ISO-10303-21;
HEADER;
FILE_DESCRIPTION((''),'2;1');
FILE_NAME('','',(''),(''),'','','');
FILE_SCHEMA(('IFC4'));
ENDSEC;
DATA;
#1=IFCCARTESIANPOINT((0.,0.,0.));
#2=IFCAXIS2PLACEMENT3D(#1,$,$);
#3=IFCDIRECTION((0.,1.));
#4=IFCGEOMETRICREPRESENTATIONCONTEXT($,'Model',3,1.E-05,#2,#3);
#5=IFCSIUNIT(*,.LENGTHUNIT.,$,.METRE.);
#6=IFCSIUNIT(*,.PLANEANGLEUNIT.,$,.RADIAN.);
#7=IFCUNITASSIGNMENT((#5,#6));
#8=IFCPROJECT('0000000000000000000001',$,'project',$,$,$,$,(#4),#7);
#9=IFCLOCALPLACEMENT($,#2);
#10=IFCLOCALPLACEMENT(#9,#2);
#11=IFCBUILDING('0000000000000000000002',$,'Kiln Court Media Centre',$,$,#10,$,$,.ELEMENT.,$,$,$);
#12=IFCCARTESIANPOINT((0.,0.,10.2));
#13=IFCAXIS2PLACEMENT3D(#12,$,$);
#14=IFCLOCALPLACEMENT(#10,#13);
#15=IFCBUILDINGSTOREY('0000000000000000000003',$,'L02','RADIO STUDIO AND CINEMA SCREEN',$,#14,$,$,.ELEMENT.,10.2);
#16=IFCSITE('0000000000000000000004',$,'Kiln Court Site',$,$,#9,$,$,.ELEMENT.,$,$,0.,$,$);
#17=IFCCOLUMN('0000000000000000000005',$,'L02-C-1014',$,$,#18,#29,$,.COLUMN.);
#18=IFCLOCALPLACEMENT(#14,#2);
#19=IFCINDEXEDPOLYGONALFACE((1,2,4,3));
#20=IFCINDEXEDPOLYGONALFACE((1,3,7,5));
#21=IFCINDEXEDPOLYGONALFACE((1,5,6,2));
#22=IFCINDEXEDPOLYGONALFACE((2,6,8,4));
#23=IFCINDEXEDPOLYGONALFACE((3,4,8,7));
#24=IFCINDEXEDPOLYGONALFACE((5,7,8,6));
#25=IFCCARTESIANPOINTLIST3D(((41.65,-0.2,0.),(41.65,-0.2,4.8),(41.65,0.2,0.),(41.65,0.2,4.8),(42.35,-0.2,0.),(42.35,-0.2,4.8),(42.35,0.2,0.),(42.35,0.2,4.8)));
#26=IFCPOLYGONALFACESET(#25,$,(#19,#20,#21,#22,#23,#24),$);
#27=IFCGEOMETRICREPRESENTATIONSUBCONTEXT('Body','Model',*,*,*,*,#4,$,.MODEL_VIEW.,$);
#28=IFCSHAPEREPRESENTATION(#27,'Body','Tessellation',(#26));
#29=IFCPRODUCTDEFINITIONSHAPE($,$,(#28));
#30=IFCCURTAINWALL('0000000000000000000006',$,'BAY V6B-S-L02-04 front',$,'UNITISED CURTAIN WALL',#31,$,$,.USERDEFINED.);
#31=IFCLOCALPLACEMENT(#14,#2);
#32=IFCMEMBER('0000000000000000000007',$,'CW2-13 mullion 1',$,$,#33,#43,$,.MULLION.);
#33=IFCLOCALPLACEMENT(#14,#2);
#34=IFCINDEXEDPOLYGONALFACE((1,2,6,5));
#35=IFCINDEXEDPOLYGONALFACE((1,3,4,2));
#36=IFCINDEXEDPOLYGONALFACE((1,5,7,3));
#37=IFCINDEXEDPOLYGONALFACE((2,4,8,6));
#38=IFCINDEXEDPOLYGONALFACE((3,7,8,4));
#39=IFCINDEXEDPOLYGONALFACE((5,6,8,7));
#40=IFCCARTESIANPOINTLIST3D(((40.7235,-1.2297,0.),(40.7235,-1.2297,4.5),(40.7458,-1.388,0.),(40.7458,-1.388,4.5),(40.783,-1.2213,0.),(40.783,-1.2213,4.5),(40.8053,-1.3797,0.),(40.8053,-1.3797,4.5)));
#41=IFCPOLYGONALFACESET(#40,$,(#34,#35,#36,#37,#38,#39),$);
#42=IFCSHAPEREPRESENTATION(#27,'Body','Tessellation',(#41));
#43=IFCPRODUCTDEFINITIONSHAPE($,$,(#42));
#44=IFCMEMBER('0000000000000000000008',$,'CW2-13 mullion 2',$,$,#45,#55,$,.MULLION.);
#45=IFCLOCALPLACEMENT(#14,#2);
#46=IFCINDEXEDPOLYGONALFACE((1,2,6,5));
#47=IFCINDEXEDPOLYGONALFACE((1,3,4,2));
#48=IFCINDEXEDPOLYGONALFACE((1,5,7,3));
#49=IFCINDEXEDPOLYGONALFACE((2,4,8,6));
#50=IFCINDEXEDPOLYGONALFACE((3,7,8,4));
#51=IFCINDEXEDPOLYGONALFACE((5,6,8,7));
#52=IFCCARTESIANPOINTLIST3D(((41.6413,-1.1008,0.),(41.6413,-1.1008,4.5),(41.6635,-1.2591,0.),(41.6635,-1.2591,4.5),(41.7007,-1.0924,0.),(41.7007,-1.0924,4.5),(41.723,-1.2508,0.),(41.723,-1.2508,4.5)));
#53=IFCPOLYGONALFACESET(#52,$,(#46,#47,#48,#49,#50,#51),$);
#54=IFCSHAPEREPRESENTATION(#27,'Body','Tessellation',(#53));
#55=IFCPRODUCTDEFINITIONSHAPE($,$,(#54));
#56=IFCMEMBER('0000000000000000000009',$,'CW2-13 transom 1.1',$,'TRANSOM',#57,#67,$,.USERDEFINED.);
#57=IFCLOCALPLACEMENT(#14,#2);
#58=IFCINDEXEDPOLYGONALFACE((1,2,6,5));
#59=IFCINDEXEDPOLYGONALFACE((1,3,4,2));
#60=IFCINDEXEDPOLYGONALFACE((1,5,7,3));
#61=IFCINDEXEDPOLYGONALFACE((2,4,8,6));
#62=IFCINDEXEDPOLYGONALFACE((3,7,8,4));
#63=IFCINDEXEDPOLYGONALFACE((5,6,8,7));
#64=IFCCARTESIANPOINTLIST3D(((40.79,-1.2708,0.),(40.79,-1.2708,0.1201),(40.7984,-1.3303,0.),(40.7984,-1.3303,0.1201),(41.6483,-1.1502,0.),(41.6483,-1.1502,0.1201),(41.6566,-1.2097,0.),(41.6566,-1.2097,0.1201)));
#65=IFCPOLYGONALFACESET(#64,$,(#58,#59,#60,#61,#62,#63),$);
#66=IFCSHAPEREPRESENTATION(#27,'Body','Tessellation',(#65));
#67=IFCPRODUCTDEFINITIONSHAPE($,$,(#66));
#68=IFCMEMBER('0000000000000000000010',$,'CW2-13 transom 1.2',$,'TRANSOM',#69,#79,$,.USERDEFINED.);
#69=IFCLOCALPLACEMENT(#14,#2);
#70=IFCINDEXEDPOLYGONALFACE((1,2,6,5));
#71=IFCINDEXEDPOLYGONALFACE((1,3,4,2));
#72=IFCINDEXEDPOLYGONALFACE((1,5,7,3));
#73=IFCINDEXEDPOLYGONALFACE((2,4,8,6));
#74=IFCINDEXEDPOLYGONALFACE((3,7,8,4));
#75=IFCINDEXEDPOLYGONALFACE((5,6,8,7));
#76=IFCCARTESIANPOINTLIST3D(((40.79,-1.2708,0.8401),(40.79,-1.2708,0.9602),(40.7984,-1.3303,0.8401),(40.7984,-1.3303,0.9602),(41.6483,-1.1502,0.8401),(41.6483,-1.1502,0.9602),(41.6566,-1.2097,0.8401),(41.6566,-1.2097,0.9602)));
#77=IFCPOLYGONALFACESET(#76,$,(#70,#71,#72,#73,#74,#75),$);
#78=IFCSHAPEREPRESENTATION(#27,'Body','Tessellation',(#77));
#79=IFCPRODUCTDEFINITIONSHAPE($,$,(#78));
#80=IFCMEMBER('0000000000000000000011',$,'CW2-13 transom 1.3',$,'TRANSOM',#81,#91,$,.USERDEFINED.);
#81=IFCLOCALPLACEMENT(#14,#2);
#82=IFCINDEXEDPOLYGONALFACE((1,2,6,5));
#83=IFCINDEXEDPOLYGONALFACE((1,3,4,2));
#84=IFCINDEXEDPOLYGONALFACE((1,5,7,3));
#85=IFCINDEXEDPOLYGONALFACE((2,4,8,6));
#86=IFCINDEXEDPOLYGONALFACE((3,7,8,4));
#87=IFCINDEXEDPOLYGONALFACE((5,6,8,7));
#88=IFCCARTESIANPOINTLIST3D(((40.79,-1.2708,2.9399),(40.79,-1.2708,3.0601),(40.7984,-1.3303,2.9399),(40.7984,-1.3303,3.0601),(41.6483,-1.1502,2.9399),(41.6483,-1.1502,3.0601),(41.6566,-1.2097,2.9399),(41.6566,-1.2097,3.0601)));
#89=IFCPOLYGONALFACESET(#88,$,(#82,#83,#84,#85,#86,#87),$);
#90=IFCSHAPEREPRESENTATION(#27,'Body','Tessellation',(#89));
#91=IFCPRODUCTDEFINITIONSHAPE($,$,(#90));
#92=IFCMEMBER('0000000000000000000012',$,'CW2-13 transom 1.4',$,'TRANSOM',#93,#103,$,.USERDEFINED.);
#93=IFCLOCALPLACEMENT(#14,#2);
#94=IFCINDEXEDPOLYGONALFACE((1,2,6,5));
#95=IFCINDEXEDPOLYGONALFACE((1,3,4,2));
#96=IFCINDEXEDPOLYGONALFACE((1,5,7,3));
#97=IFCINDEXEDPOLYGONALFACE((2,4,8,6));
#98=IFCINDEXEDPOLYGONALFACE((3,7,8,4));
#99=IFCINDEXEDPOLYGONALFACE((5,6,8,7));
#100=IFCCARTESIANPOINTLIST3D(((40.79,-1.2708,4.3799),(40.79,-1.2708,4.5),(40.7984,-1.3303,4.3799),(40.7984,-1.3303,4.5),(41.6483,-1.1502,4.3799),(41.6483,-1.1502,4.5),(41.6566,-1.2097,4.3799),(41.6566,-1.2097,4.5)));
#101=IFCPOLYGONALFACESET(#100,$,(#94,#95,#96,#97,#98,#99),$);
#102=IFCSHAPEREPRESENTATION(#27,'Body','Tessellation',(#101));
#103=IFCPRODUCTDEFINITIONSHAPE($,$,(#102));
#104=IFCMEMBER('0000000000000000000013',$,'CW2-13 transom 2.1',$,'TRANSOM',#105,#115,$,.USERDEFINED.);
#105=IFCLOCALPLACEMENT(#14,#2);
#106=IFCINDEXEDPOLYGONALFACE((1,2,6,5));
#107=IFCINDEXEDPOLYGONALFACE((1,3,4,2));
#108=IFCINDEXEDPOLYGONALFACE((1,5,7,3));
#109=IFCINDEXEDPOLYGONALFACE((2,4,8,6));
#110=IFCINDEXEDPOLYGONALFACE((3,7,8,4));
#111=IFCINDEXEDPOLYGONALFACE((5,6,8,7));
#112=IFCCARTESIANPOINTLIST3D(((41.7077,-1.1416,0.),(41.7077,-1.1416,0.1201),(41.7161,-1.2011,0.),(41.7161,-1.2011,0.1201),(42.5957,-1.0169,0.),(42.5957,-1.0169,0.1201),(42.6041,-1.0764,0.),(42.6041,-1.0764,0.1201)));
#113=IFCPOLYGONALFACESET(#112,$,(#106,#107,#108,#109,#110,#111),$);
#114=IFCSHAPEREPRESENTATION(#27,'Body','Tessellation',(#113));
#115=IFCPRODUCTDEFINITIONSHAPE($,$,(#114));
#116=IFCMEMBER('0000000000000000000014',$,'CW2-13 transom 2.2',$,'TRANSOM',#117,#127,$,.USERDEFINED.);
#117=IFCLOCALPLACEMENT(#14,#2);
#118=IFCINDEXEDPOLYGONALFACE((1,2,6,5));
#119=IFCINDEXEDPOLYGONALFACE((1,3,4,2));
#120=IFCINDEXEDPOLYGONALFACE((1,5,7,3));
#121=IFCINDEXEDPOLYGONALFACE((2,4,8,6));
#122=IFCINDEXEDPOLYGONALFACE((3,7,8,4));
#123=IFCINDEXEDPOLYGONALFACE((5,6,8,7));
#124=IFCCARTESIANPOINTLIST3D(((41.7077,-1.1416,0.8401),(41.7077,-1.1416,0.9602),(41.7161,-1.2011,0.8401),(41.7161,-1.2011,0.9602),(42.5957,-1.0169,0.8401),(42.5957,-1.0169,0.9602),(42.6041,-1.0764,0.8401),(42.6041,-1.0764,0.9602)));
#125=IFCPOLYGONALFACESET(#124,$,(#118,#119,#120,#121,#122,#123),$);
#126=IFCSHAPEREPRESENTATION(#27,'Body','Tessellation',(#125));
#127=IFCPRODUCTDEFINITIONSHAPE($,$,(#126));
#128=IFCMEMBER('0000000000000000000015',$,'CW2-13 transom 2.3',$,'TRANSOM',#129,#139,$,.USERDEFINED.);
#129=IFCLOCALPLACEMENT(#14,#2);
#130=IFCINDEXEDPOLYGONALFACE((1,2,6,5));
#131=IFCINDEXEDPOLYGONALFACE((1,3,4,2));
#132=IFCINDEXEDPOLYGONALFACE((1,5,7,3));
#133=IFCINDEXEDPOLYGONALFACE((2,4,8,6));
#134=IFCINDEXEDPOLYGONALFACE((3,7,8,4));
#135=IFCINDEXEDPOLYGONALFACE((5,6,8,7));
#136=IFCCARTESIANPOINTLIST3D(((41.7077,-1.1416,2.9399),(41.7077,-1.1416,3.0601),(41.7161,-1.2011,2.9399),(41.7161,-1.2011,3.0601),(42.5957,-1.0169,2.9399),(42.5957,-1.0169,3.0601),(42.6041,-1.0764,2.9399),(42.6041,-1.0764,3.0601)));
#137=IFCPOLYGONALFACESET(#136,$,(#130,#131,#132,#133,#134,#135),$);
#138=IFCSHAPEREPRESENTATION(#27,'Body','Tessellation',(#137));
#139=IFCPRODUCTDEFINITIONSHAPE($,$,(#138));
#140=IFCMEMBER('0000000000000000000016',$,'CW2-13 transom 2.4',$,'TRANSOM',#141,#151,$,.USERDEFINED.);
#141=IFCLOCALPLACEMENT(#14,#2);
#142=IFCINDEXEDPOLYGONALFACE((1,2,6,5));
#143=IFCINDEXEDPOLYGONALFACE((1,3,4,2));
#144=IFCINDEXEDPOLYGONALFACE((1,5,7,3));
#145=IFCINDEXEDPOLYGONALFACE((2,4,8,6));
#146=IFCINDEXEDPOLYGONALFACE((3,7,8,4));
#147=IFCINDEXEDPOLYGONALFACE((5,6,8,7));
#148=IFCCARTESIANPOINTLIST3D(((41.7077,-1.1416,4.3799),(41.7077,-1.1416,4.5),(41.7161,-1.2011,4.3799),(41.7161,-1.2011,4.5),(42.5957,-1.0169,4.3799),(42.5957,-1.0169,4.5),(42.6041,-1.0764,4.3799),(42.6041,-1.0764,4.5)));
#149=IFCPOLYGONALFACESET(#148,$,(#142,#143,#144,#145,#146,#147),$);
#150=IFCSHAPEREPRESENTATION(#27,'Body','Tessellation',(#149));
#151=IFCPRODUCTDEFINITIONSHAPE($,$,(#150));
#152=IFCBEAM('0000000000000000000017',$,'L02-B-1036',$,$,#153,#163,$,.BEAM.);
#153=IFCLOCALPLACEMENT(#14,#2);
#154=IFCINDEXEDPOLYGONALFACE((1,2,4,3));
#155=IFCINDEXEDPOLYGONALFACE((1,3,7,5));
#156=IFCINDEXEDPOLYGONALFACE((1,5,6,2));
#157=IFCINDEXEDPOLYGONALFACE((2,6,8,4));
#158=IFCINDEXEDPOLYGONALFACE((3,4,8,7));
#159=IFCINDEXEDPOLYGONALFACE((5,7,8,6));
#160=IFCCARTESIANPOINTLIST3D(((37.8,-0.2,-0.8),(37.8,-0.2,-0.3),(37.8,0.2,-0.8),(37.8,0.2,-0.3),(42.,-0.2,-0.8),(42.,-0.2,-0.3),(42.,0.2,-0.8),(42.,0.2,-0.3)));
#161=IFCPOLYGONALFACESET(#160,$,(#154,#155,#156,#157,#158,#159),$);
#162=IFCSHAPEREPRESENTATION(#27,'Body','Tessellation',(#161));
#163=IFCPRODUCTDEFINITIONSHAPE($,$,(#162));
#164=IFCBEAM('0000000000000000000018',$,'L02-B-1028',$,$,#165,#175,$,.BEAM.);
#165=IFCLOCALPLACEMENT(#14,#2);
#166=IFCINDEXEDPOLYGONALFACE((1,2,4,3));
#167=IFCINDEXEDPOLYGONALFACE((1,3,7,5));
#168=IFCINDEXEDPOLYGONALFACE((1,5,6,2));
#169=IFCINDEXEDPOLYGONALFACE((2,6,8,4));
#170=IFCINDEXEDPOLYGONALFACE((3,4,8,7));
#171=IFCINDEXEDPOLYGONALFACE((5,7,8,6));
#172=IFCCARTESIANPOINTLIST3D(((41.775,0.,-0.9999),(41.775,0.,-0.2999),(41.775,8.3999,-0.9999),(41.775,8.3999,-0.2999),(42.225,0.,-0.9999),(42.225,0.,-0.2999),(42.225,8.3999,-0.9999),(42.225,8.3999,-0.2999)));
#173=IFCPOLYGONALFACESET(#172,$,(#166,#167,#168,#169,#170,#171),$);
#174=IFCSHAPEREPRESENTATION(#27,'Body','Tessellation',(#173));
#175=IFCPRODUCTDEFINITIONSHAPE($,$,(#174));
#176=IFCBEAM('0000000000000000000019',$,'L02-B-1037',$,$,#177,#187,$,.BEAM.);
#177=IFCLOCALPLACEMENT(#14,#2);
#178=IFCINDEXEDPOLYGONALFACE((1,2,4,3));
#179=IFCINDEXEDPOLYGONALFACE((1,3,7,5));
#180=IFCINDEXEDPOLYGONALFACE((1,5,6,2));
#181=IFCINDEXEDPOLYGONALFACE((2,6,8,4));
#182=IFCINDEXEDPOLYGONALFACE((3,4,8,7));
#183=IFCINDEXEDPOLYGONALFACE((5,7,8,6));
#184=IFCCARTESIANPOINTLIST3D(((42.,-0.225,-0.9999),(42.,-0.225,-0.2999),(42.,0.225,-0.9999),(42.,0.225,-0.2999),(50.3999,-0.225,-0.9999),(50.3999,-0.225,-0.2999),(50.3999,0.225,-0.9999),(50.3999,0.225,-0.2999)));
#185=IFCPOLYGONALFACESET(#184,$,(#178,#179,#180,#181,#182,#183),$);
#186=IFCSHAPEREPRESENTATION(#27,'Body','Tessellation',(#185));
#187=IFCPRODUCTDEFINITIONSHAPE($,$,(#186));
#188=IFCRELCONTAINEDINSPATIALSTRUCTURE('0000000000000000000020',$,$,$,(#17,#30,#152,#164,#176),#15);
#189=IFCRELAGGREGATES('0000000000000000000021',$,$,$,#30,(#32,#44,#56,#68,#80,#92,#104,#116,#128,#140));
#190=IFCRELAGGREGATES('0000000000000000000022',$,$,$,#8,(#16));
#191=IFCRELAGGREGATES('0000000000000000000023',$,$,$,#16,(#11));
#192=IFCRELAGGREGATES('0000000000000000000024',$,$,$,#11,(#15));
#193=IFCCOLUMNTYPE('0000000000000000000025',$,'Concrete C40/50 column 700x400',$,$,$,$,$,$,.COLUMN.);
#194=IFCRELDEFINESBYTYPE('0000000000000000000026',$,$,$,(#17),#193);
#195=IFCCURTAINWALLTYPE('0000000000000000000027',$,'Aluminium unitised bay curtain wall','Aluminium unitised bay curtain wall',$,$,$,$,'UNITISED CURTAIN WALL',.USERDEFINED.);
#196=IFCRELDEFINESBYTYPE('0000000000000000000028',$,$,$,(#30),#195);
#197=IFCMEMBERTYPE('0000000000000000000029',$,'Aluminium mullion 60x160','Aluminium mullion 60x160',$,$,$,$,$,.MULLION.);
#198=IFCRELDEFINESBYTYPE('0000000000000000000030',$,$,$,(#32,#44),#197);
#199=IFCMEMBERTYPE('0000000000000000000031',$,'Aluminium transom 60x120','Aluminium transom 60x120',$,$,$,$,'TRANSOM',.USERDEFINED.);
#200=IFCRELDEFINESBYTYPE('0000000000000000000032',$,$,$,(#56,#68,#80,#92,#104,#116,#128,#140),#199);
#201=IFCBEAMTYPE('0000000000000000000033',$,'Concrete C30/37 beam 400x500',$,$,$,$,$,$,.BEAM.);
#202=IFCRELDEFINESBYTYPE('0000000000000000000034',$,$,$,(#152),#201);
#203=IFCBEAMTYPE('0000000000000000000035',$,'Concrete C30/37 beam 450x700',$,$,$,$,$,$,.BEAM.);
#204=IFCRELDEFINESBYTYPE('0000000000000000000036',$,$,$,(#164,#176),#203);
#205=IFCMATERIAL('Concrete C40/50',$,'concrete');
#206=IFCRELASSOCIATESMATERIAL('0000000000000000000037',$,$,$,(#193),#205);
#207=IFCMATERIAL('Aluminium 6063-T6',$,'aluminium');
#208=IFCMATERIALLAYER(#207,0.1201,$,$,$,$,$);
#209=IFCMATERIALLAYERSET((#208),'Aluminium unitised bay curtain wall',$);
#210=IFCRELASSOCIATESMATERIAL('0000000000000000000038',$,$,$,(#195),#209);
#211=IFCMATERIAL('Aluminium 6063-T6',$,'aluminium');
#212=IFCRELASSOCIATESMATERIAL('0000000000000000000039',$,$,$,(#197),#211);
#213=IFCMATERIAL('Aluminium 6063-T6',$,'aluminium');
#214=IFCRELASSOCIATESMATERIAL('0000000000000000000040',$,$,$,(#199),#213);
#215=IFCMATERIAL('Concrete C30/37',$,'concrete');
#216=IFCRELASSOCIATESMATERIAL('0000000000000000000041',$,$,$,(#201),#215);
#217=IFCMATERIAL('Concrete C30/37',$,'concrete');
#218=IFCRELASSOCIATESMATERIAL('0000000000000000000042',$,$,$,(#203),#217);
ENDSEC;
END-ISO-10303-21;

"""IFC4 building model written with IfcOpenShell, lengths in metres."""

from ifc_helpers import new_model, si_unit, direction, frame, origin, origin_2d, place, context, subcontext, project, spatial, rectangle, extrude, material, layer, layer_set, material_profile, profile_set, type_object, element, aggregate, save


model = new_model("IFC4")

# Units and contexts
model_context = context("Model", 3, precision=1e-05, world=origin(), true_north=direction((0.0, 1.0)))
body_context = subcontext(model_context, "Body", "Model", "MODEL_VIEW")
ifc_project = project(units=[si_unit("LENGTHUNIT", "METRE"), si_unit("PLANEANGLEUNIT", "RADIAN")], contexts=[model_context])

# Site, building, storey
site_placement = place(None, origin())
site = spatial("IfcSite", under=ifc_project, at=site_placement, Name="Kiln Court Site", CompositionType="ELEMENT", RefElevation=0.0)
building_placement = place(site_placement, origin())
building = spatial("IfcBuilding", under=site, at=building_placement, Name="Kiln Court Media Centre", CompositionType="ELEMENT")
storey_placement = place(building_placement, frame((0.0, 0.0, 10.2)))
storey = spatial("IfcBuildingStorey", under=building, at=storey_placement, Name="L02", Description="RADIO STUDIO AND CINEMA SCREEN", CompositionType="ELEMENT", Elevation=10.2)

# Column
ifc_material_1 = material(Name="Concrete C40/50", Category="concrete")
ifc_material_profile_1 = material_profile(ifc_material_1, rectangle(XDim=0.7, YDim=0.3999, at=origin_2d()), Name="RC 700x400")
ifc_profile_set_1 = profile_set([ifc_material_profile_1], Name="Concrete C40/50")
column_type = type_object("IfcColumnType", Name="Concrete C40/50 column 700x400", PredefinedType="COLUMN", material=ifc_profile_set_1)
column_placement = place(storey_placement, frame((42.0, 0.0, 0.0), z_axis=(0.0, 0.0, 1.0), x_axis=(1.0, 0.0, 0.0)))
element("IfcColumn", 1, at=column_placement, inside=storey, type_object=column_type, Name="L02-C-1014", PredefinedType="COLUMN", context=body_context, shape_type="SweptSolid", body=[
    extrude(rectangle(XDim=0.7, YDim=0.3999, at=origin_2d()), origin(), (0.0, 0.0, 1.0), 4.8),
])

# Curtain wall, members
ifc_material_2 = material(Name="Aluminium 6063-T6", Category="aluminium")
ifc_layer_1 = layer(ifc_material_2, 0.1201)
ifc_layer_set_1 = layer_set([ifc_layer_1], Name="Aluminium unitised bay curtain wall")
curtain_wall_type = type_object("IfcCurtainWallType", Name="Aluminium unitised bay curtain wall", Description="Aluminium unitised bay curtain wall", ElementType="UNITISED CURTAIN WALL", PredefinedType="USERDEFINED", material=ifc_layer_set_1)
curtain_wall_placement = place(storey_placement, origin())
curtain_wall = element("IfcCurtainWall", 2, at=curtain_wall_placement, inside=storey, type_object=curtain_wall_type, Name="BAY V6B-S-L02-04 front", ObjectType="UNITISED CURTAIN WALL", PredefinedType="USERDEFINED")
ifc_material_3 = material(Name="Aluminium 6063-T6", Category="aluminium")
ifc_material_profile_2 = material_profile(ifc_material_3, rectangle(XDim=0.0601, YDim=0.1599, at=origin_2d()), Name="Aluminium mullion 60x160")
ifc_profile_set_2 = profile_set([ifc_material_profile_2], Name="Aluminium 6063-T6")
member_type_1 = type_object("IfcMemberType", Name="Aluminium mullion 60x160", Description="Aluminium mullion 60x160", PredefinedType="MULLION", material=ifc_profile_set_2)
member_1_placement = place(storey_placement, frame((40.7644, -1.3047, 0.0), z_axis=(0.0, 0.0, 1.0), x_axis=(0.99027, 0.139162, 0.0)))
member_1 = element("IfcMember", 3, at=member_1_placement, type_object=member_type_1, Name="CW2-13 mullion 1", PredefinedType="MULLION", context=body_context, shape_type="SweptSolid", body=[
    extrude(rectangle(XDim=0.0601, YDim=0.1599, at=origin_2d()), origin(), (0.0, 0.0, 1.0), 4.5),
])
member_2_placement = place(storey_placement, frame((41.6821, -1.1758, 0.0), z_axis=(0.0, 0.0, 1.0), x_axis=(0.99027, 0.139162, 0.0)))
member_2 = element("IfcMember", 4, at=member_2_placement, type_object=member_type_1, Name="CW2-13 mullion 2", PredefinedType="MULLION", context=body_context, shape_type="SweptSolid", body=[
    extrude(rectangle(XDim=0.0601, YDim=0.1599, at=origin_2d()), origin(), (0.0, 0.0, 1.0), 4.5),
])
ifc_material_4 = material(Name="Aluminium 6063-T6", Category="aluminium")
ifc_material_profile_3 = material_profile(ifc_material_4, rectangle(XDim=0.0601, YDim=0.1201, at=origin_2d()), Name="Aluminium transom 60x120")
ifc_profile_set_3 = profile_set([ifc_material_profile_3], Name="Aluminium 6063-T6")
member_type_2 = type_object("IfcMemberType", Name="Aluminium transom 60x120", Description="Aluminium transom 60x120", ElementType="TRANSOM", PredefinedType="USERDEFINED", material=ifc_profile_set_3)
member_3_placement = place(storey_placement, frame((40.7942, -1.3005, 0.0601), z_axis=(0.990268, 0.139173, 0.0), x_axis=(-0.139173, 0.990268, 0.0)))
member_3 = element("IfcMember", 5, at=member_3_placement, type_object=member_type_2, Name="CW2-13 transom 1.1", ObjectType="TRANSOM", PredefinedType="USERDEFINED", context=body_context, shape_type="SweptSolid", body=[
    extrude(rectangle(XDim=0.0601, YDim=0.1201, at=origin_2d()), origin(), (0.0, 0.0, 1.0), 0.8667),
])
member_4_placement = place(storey_placement, frame((40.7942, -1.3005, 0.9001), z_axis=(0.990268, 0.139173, 0.0), x_axis=(-0.139173, 0.990268, 0.0)))
member_4 = element("IfcMember", 6, at=member_4_placement, type_object=member_type_2, Name="CW2-13 transom 1.2", ObjectType="TRANSOM", PredefinedType="USERDEFINED", context=body_context, shape_type="SweptSolid", body=[
    extrude(rectangle(XDim=0.0601, YDim=0.1201, at=origin_2d()), origin(), (0.0, 0.0, 1.0), 0.8667),
])
member_5_placement = place(storey_placement, frame((40.7942, -1.3005, 3.0), z_axis=(0.990268, 0.139173, 0.0), x_axis=(-0.139173, 0.990268, 0.0)))
member_5 = element("IfcMember", 7, at=member_5_placement, type_object=member_type_2, Name="CW2-13 transom 1.3", ObjectType="TRANSOM", PredefinedType="USERDEFINED", context=body_context, shape_type="SweptSolid", body=[
    extrude(rectangle(XDim=0.0601, YDim=0.1201, at=origin_2d()), origin(), (0.0, 0.0, 1.0), 0.8667),
])
member_6_placement = place(storey_placement, frame((40.7942, -1.3005, 4.4399), z_axis=(0.990268, 0.139173, 0.0), x_axis=(-0.139173, 0.990268, 0.0)))
member_6 = element("IfcMember", 8, at=member_6_placement, type_object=member_type_2, Name="CW2-13 transom 1.4", ObjectType="TRANSOM", PredefinedType="USERDEFINED", context=body_context, shape_type="SweptSolid", body=[
    extrude(rectangle(XDim=0.0601, YDim=0.1201, at=origin_2d()), origin(), (0.0, 0.0, 1.0), 0.8667),
])
member_7_placement = place(storey_placement, frame((41.7119, -1.1714, 0.0601), z_axis=(0.990274, 0.139134, 0.0), x_axis=(-0.139134, 0.990274, 0.0)))
member_7 = element("IfcMember", 9, at=member_7_placement, type_object=member_type_2, Name="CW2-13 transom 2.1", ObjectType="TRANSOM", PredefinedType="USERDEFINED", context=body_context, shape_type="SweptSolid", body=[
    extrude(rectangle(XDim=0.0601, YDim=0.1201, at=origin_2d()), origin(), (0.0, 0.0, 1.0), 0.8967),
])
member_8_placement = place(storey_placement, frame((41.7119, -1.1714, 0.9001), z_axis=(0.990274, 0.139134, 0.0), x_axis=(-0.139134, 0.990274, 0.0)))
member_8 = element("IfcMember", 10, at=member_8_placement, type_object=member_type_2, Name="CW2-13 transom 2.2", ObjectType="TRANSOM", PredefinedType="USERDEFINED", context=body_context, shape_type="SweptSolid", body=[
    extrude(rectangle(XDim=0.0601, YDim=0.1201, at=origin_2d()), origin(), (0.0, 0.0, 1.0), 0.8967),
])
member_9_placement = place(storey_placement, frame((41.7119, -1.1714, 3.0), z_axis=(0.990274, 0.139134, 0.0), x_axis=(-0.139134, 0.990274, 0.0)))
member_9 = element("IfcMember", 11, at=member_9_placement, type_object=member_type_2, Name="CW2-13 transom 2.3", ObjectType="TRANSOM", PredefinedType="USERDEFINED", context=body_context, shape_type="SweptSolid", body=[
    extrude(rectangle(XDim=0.0601, YDim=0.1201, at=origin_2d()), origin(), (0.0, 0.0, 1.0), 0.8967),
])
member_10_placement = place(storey_placement, frame((41.7119, -1.1714, 4.4399), z_axis=(0.990274, 0.139134, 0.0), x_axis=(-0.139134, 0.990274, 0.0)))
member_10 = element("IfcMember", 12, at=member_10_placement, type_object=member_type_2, Name="CW2-13 transom 2.4", ObjectType="TRANSOM", PredefinedType="USERDEFINED", context=body_context, shape_type="SweptSolid", body=[
    extrude(rectangle(XDim=0.0601, YDim=0.1201, at=origin_2d()), origin(), (0.0, 0.0, 1.0), 0.8967),
])

# Beams
ifc_material_5 = material(Name="Concrete C30/37", Category="concrete")
ifc_material_profile_4 = material_profile(ifc_material_5, rectangle(XDim=0.3999, YDim=0.5, at=origin_2d()), Name="RC 400x500")
ifc_profile_set_4 = profile_set([ifc_material_profile_4], Name="Concrete C30/37")
beam_type_1 = type_object("IfcBeamType", Name="Concrete C30/37 beam 400x500", PredefinedType="BEAM", material=ifc_profile_set_4)
beam_placement = place(storey_placement, frame((37.8, 0.0, -0.55), z_axis=(1.0, 0.0, 0.0), x_axis=(0.0, 1.0, 0.0)))
element("IfcBeam", 13, at=beam_placement, inside=storey, type_object=beam_type_1, Name="L02-B-1036", PredefinedType="BEAM", context=body_context, shape_type="SweptSolid", body=[
    extrude(rectangle(XDim=0.3999, YDim=0.5, at=origin_2d()), origin(), (0.0, 0.0, 1.0), 4.2),
])
ifc_material_6 = material(Name="Concrete C30/37", Category="concrete")
ifc_material_profile_5 = material_profile(ifc_material_6, rectangle(XDim=0.45, YDim=0.7, at=origin_2d()), Name="RC 450x700")
ifc_profile_set_5 = profile_set([ifc_material_profile_5], Name="Concrete C30/37")
beam_type_2 = type_object("IfcBeamType", Name="Concrete C30/37 beam 450x700", PredefinedType="BEAM", material=ifc_profile_set_5)
for number, where, z_axis, x_axis, name in (
    (14, (42.0, 0.0, -0.6499), (0.0, 1.0, 0.0), (-1.0, 0.0, 0.0), "L02-B-1028"),
    (15, (42.0, 0.0, -0.6499), (1.0, 0.0, 0.0), (0.0, 1.0, 0.0), "L02-B-1037"),
):
    element("IfcBeam", number, at=place(storey_placement, frame(where, z_axis=z_axis, x_axis=x_axis)), inside=storey, type_object=beam_type_2, Name=name, PredefinedType="BEAM", context=body_context, shape_type="SweptSolid", body=[
        extrude(rectangle(XDim=0.45, YDim=0.7, at=origin_2d()), origin(), (0.0, 0.0, 1.0), 8.3999),
    ])

aggregate(curtain_wall, [member_1, member_2, member_3, member_4, member_5, member_6, member_7, member_8, member_9, member_10])

save(model, "model.ifc")
